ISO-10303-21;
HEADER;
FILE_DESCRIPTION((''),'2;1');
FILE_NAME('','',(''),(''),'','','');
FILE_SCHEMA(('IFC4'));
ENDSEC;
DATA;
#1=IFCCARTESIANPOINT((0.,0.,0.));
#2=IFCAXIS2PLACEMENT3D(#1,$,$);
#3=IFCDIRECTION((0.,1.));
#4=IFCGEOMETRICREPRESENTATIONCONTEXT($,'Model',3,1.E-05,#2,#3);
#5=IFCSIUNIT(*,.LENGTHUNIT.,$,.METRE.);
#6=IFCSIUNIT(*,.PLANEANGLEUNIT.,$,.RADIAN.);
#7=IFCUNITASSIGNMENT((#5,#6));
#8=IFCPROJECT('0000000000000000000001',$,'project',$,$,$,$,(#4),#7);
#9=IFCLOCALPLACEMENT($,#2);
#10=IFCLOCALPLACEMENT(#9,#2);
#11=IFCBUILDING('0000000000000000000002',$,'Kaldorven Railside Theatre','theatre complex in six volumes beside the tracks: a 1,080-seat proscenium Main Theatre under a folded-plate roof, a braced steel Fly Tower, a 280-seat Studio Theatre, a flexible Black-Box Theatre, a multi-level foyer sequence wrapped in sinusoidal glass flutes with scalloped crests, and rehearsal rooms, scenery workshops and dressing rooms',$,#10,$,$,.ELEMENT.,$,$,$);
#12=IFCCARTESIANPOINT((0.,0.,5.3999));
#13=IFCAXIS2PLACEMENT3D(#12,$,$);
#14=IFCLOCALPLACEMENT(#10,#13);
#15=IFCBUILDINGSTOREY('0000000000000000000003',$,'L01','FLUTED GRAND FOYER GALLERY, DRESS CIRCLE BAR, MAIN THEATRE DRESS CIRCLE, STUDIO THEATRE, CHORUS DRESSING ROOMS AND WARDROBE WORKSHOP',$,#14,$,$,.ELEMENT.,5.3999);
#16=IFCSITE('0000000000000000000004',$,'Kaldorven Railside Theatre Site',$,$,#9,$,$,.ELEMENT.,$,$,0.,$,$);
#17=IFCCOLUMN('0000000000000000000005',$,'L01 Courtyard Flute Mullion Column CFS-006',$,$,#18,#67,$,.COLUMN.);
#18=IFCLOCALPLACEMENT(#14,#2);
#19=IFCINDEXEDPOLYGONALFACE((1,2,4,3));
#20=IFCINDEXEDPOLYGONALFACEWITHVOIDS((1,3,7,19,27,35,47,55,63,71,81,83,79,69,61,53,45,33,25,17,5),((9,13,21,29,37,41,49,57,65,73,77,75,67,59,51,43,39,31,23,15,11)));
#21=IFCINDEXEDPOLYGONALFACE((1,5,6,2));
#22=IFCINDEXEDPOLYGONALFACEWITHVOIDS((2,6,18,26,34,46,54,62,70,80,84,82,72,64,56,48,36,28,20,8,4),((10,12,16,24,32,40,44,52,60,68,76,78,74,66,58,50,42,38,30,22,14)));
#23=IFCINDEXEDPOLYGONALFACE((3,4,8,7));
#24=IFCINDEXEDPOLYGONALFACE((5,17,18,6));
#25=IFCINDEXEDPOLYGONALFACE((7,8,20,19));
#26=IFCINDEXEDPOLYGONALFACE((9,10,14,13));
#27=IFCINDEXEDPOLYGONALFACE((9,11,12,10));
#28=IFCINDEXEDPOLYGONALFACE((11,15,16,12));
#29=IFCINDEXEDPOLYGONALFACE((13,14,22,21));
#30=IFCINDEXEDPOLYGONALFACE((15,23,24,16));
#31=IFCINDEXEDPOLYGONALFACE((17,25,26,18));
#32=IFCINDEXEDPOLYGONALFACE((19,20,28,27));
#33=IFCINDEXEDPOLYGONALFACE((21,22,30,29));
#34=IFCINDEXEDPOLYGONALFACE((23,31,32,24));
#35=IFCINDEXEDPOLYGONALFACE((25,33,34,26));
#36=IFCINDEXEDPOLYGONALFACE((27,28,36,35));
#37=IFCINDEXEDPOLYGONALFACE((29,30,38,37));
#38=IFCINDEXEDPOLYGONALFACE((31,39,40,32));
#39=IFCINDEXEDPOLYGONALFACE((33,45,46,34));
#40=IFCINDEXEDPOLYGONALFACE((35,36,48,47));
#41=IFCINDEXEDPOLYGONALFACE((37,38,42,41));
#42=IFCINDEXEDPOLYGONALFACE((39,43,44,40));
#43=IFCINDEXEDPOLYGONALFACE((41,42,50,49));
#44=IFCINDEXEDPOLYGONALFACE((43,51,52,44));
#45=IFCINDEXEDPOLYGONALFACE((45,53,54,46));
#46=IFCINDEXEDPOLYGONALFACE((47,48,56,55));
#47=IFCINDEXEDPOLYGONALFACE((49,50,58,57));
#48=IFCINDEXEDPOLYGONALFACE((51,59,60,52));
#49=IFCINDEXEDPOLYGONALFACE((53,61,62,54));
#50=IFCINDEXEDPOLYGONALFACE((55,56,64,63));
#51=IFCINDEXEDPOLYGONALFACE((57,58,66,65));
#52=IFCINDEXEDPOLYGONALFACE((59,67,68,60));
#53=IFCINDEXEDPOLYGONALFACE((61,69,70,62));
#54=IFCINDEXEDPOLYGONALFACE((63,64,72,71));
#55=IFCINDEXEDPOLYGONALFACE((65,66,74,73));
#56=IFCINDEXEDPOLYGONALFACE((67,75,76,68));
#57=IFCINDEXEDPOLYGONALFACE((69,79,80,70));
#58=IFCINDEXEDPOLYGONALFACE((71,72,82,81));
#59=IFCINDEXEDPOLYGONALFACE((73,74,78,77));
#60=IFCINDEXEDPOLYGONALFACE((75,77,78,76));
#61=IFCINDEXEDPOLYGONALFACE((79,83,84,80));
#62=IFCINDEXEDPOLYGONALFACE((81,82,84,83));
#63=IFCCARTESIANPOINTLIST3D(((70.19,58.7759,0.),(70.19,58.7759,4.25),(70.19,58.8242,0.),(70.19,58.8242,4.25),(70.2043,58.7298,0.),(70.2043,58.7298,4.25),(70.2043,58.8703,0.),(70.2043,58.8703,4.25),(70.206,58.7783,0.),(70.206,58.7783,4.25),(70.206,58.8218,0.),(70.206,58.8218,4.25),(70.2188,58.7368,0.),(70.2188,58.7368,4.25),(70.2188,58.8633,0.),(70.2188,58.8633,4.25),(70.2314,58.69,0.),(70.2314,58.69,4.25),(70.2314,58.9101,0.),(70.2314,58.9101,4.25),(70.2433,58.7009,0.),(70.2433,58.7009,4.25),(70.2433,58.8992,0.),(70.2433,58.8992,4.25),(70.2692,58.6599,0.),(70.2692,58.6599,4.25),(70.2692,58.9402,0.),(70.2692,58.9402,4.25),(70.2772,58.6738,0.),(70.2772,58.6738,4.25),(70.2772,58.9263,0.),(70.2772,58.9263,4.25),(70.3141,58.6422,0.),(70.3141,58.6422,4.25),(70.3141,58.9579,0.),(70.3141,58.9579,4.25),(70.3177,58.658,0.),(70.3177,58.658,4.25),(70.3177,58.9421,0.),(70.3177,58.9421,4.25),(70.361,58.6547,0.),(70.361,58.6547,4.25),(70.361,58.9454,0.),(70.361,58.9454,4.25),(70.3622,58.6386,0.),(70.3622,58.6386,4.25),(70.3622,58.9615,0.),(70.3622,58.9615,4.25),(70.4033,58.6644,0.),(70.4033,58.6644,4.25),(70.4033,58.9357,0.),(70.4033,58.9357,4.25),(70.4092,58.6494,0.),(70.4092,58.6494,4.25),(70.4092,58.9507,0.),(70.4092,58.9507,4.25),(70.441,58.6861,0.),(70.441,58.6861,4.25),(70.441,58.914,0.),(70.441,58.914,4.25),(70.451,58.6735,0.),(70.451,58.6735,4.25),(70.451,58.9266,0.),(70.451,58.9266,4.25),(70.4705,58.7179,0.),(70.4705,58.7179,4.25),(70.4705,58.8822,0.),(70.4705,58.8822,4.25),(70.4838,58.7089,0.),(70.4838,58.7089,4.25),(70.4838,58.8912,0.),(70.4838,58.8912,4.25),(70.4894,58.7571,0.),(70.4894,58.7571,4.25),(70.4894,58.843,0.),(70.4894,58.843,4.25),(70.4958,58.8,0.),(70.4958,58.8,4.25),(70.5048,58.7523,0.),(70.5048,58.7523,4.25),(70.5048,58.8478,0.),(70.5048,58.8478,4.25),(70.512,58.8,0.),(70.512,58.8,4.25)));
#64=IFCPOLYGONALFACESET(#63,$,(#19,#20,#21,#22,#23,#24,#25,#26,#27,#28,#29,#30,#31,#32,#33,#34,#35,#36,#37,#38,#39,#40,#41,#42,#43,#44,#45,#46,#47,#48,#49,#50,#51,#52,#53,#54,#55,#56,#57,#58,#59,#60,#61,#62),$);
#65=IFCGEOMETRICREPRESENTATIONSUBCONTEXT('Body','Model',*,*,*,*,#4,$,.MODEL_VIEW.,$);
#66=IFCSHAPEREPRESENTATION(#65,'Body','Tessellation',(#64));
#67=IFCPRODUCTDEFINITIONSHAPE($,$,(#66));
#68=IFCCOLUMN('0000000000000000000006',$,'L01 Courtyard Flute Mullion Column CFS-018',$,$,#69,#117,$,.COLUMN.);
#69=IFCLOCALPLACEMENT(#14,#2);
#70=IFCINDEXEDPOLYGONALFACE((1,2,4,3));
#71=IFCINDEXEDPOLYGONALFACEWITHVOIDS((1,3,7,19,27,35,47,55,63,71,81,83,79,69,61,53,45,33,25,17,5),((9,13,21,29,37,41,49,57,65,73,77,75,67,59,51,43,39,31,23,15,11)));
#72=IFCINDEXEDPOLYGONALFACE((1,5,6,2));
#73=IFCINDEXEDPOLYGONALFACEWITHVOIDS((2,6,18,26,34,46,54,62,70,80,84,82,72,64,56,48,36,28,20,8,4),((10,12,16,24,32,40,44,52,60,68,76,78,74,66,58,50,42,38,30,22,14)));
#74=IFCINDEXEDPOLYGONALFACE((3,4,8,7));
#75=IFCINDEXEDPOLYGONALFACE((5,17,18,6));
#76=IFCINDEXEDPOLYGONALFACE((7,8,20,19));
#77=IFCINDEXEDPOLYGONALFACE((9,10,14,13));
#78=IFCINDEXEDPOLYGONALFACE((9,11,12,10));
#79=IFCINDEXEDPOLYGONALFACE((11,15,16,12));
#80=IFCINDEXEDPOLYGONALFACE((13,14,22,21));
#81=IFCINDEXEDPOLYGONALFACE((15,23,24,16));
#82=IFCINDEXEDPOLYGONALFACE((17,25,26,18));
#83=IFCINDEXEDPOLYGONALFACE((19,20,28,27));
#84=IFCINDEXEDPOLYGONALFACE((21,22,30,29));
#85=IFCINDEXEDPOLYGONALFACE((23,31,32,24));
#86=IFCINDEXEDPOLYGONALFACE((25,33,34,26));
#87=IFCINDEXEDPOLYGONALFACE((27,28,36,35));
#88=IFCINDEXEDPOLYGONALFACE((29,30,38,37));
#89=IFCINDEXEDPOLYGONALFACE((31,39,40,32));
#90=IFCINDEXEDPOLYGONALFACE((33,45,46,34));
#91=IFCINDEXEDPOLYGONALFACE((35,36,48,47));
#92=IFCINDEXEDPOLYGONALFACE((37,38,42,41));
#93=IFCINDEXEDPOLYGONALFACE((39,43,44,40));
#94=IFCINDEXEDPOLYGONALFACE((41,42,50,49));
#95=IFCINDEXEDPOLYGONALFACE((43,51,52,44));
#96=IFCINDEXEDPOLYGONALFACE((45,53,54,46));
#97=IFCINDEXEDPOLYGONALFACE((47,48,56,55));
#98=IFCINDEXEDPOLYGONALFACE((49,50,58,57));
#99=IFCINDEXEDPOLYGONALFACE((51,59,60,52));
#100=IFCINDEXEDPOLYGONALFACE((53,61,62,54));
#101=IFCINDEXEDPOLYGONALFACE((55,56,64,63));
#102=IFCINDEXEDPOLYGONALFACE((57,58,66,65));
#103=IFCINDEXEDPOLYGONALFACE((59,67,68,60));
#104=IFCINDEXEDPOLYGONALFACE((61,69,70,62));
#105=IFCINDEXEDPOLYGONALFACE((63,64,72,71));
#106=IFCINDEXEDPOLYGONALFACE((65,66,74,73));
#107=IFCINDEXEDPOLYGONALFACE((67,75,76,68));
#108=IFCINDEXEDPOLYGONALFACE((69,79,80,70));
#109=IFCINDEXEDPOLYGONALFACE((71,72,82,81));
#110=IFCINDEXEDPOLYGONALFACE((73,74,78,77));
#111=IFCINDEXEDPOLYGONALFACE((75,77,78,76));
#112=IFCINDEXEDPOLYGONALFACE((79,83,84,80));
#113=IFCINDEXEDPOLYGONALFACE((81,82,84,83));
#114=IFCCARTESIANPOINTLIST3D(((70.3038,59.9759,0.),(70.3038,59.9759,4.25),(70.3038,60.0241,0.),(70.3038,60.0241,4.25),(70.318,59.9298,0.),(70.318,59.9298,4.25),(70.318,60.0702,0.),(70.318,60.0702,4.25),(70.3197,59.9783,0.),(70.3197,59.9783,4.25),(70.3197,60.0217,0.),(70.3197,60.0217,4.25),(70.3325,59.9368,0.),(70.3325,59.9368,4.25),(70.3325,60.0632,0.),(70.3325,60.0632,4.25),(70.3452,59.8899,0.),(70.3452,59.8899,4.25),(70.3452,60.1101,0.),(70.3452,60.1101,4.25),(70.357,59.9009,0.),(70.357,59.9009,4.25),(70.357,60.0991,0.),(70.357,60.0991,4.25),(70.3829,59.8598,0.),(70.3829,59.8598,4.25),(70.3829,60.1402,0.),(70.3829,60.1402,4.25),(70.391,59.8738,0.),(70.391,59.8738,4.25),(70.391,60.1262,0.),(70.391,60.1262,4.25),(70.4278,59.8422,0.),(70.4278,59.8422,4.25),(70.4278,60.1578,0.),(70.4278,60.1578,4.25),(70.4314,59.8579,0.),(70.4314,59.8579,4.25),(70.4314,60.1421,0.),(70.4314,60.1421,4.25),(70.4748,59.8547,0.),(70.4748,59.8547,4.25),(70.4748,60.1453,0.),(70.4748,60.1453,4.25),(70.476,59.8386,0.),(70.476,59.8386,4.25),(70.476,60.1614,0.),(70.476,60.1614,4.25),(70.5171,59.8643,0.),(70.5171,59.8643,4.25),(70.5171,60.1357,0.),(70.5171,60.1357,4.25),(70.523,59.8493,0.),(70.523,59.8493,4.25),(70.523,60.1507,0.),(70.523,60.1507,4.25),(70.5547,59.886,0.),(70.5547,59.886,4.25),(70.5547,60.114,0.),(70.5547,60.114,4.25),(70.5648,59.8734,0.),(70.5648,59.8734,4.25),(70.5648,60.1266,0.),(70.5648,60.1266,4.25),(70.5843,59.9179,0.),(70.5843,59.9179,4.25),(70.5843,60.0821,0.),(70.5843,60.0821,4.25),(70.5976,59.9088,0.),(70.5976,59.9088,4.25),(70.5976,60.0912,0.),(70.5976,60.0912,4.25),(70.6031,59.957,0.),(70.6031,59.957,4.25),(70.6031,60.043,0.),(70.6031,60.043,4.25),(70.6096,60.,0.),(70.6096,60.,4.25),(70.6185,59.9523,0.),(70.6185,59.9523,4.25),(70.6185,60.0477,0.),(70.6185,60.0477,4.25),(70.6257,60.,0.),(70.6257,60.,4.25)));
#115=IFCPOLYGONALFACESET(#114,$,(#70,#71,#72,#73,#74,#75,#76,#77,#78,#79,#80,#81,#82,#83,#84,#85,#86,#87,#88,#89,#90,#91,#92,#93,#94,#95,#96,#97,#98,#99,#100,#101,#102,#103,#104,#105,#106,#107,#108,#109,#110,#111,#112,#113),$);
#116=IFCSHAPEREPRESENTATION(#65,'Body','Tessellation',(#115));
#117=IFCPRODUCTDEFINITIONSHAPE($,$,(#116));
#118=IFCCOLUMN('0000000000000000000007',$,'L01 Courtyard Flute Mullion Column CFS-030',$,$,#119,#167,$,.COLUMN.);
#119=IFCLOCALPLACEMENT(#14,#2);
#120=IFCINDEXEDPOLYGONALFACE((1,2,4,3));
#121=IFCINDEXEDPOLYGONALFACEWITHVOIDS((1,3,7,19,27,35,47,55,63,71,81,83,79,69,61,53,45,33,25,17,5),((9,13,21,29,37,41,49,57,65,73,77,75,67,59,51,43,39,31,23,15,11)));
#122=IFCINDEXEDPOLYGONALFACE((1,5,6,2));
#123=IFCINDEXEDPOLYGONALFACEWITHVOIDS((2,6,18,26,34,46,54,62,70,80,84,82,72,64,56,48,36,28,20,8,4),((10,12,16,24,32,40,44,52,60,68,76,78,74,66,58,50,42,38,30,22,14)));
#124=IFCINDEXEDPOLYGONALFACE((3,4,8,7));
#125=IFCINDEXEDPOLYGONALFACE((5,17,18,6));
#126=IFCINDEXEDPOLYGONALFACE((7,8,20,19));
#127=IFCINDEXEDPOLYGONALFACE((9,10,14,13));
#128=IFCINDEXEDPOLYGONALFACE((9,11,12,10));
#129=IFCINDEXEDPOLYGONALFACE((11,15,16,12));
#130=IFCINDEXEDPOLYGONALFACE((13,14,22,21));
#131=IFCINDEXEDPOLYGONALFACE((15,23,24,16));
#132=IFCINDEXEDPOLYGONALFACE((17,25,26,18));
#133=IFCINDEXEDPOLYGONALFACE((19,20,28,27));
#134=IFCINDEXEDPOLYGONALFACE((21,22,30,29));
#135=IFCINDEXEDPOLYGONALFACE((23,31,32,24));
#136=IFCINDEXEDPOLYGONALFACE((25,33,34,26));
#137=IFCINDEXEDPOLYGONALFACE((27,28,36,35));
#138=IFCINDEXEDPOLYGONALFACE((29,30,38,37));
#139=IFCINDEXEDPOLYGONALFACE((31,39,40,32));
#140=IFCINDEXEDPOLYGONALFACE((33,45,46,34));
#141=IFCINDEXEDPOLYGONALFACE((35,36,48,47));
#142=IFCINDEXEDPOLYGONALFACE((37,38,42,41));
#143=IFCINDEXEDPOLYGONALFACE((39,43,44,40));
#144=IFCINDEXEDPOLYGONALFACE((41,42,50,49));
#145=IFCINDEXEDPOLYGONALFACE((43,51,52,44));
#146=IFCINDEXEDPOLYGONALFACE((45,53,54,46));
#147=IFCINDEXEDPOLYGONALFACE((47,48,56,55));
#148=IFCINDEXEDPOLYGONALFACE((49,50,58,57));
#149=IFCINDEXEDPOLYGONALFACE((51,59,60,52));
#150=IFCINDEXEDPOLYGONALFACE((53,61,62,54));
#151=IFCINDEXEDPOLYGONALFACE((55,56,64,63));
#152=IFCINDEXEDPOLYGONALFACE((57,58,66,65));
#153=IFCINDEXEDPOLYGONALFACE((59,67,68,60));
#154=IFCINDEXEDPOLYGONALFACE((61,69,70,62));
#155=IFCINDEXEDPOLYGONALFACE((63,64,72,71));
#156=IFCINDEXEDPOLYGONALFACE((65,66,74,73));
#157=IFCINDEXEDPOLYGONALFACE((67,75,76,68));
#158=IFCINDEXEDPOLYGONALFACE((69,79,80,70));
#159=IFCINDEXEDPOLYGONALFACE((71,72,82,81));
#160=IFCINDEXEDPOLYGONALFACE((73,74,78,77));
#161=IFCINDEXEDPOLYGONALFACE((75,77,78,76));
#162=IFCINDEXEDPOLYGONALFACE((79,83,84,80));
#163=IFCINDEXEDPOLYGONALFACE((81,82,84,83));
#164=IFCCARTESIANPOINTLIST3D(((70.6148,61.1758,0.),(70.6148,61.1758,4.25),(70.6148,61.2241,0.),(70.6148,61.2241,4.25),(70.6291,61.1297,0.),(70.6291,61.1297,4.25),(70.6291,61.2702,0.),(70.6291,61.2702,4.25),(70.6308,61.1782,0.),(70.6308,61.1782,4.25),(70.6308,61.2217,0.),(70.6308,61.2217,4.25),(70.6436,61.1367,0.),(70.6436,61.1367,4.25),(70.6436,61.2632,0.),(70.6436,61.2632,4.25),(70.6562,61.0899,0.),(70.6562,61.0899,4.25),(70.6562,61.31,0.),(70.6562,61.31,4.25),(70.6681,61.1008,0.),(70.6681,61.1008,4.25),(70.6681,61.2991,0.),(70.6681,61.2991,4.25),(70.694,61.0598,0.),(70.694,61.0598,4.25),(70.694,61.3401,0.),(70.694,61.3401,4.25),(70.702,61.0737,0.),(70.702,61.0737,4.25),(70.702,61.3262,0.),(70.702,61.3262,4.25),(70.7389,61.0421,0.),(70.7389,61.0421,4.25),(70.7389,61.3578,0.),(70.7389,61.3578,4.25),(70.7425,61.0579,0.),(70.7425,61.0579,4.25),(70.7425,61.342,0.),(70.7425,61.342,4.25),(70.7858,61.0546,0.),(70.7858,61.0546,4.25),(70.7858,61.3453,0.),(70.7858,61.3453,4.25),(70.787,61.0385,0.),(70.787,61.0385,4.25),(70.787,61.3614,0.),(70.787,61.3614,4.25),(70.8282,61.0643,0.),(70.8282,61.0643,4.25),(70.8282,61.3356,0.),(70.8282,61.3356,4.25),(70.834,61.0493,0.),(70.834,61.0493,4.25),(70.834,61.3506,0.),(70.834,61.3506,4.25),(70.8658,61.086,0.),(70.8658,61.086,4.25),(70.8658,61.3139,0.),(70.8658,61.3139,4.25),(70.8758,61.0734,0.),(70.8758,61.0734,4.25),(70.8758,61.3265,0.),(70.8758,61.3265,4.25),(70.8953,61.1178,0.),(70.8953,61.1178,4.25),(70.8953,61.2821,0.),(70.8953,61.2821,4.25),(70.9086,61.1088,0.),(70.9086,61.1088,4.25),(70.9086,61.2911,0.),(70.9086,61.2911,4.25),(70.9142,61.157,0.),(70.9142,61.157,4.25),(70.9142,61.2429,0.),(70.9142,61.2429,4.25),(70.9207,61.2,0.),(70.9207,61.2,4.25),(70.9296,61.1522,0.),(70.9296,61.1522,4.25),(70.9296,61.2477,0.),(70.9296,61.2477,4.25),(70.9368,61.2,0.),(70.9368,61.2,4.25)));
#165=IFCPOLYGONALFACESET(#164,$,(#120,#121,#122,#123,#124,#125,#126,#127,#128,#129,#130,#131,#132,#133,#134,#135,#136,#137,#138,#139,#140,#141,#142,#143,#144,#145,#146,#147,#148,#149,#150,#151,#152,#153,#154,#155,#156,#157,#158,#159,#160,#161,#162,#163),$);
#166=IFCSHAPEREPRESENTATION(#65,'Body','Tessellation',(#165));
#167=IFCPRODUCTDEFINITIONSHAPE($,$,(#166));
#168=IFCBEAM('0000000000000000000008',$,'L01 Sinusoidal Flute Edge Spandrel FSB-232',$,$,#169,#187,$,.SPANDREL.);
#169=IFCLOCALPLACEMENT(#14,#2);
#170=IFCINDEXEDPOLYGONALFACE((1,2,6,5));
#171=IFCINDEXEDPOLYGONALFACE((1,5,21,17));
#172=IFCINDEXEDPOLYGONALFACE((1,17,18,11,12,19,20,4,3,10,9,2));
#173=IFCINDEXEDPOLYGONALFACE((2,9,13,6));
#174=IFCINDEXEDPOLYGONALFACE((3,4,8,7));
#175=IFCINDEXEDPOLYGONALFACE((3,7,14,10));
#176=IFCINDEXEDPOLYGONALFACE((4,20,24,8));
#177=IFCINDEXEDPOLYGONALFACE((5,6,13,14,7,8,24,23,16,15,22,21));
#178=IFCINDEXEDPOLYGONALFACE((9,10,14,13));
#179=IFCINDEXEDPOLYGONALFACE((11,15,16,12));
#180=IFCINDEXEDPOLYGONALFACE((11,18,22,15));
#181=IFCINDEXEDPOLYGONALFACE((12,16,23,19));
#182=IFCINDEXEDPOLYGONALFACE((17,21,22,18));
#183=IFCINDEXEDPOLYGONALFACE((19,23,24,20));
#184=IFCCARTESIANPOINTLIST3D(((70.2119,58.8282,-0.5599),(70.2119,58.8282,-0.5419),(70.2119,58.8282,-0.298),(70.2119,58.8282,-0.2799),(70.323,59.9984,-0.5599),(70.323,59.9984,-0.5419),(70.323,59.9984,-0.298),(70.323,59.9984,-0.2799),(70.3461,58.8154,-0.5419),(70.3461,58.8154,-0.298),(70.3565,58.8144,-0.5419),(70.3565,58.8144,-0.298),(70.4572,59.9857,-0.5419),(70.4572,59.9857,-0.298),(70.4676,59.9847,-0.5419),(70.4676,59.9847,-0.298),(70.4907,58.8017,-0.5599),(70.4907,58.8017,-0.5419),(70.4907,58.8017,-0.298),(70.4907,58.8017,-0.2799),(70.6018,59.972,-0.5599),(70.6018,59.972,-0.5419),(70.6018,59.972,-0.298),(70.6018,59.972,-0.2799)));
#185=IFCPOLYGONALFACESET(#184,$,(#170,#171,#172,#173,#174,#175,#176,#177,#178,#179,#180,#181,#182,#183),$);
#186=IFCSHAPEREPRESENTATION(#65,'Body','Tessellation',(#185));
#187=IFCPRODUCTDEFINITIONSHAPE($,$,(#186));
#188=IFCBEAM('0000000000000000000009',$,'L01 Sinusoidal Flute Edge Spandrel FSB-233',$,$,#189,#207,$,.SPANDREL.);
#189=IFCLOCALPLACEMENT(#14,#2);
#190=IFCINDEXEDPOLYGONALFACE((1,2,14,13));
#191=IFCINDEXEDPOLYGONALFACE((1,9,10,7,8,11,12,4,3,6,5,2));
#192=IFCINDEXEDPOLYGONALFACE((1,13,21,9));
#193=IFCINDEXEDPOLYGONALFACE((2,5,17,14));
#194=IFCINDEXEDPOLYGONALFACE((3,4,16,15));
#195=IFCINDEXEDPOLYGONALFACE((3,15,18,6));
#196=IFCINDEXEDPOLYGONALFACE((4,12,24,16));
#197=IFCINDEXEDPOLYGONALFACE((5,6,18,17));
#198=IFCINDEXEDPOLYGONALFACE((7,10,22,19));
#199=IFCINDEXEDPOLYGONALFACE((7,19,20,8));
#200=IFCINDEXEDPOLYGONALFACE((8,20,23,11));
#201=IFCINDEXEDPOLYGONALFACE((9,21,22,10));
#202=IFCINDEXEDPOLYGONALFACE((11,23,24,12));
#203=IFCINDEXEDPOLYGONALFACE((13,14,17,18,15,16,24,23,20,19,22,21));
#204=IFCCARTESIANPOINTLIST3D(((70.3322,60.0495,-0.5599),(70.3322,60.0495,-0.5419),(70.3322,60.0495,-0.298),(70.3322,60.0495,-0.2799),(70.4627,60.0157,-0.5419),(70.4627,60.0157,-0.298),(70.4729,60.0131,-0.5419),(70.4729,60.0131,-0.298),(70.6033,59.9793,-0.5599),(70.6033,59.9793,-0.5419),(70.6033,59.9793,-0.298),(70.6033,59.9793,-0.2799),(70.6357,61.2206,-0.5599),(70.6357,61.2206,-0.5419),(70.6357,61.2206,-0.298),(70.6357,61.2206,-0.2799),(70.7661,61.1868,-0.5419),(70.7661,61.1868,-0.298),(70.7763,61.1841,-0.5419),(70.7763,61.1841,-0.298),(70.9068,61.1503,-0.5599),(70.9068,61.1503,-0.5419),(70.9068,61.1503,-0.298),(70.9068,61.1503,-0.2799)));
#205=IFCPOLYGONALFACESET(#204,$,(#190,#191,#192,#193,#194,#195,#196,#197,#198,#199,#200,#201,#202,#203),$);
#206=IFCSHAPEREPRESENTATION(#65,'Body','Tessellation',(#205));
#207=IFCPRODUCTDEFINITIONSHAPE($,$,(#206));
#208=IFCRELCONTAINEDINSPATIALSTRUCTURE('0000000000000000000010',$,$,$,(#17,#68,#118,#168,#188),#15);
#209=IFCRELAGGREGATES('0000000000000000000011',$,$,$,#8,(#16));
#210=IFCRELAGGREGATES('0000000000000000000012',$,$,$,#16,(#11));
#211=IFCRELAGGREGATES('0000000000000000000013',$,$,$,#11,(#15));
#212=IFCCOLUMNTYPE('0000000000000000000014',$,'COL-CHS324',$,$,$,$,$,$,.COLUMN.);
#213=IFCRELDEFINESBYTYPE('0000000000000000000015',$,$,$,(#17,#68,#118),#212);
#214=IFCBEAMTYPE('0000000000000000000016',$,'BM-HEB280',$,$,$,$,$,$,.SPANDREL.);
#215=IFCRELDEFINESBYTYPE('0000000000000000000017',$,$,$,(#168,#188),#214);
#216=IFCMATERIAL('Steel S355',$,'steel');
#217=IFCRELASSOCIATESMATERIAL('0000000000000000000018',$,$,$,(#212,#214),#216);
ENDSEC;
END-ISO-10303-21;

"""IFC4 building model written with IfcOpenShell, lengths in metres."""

from ifc_helpers import new_model, si_unit, direction, frame, origin, origin_2d, place, context, subcontext, project, spatial, hollow_circle, i_section, extrude, material, material_profile, profile_set, type_object, element, save


model = new_model("IFC4")

# Units and contexts
model_context = context("Model", 3, precision=1e-05, world=origin(), true_north=direction((0.0, 1.0)))
body_context = subcontext(model_context, "Body", "Model", "MODEL_VIEW")
ifc_project = project(units=[si_unit("LENGTHUNIT", "METRE"), si_unit("PLANEANGLEUNIT", "RADIAN")], contexts=[model_context])

# Site, building, storey
site_placement = place(None, origin())
site = spatial("IfcSite", under=ifc_project, at=site_placement, Name="Kaldorven Railside Theatre Site", CompositionType="ELEMENT", RefElevation=0.0)
building_placement = place(site_placement, origin())
building = spatial("IfcBuilding", under=site, at=building_placement, Name="Kaldorven Railside Theatre", Description="theatre complex in six volumes beside the tracks: a 1,080-seat proscenium Main Theatre under a folded-plate roof, a braced steel Fly Tower, a 280-seat Studio Theatre, a flexible Black-Box Theatre, a multi-level foyer sequence wrapped in sinusoidal glass flutes with scalloped crests, and rehearsal rooms, scenery workshops and dressing rooms", CompositionType="ELEMENT")
storey_placement = place(building_placement, frame((0.0, 0.0, 5.3999)))
storey = spatial("IfcBuildingStorey", under=building, at=storey_placement, Name="L01", Description="FLUTED GRAND FOYER GALLERY, DRESS CIRCLE BAR, MAIN THEATRE DRESS CIRCLE, STUDIO THEATRE, CHORUS DRESSING ROOMS AND WARDROBE WORKSHOP", CompositionType="ELEMENT", Elevation=5.3999)

# Columns
ifc_material_1 = material(Name="Steel S355", Category="steel")
ifc_material_profile_1 = material_profile(ifc_material_1, hollow_circle(Radius=0.1619, WallThickness=0.0161, at=origin_2d()), Name="CHS 323.9x16")
ifc_profile_set_1 = profile_set([ifc_material_profile_1], Name="Steel S355")
column_type = type_object("IfcColumnType", Name="COL-CHS324", PredefinedType="COLUMN", material=ifc_profile_set_1)
for number, where, z_axis, x_axis, name in (
    (1, (70.3501, 58.8, 0.0), (0.0, 0.0, 1.0), (1.0, 0.0, 0.0), "L01 Courtyard Flute Mullion Column CFS-006"),
    (2, (70.4639, 60.0, 0.0), (0.0, 0.0, 1.0), (1.0, 0.0, 0.0), "L01 Courtyard Flute Mullion Column CFS-018"),
    (3, (70.7749, 61.2, 0.0), (0.0, 0.0, 1.0), (1.0, 0.0, 0.0), "L01 Courtyard Flute Mullion Column CFS-030"),
):
    element("IfcColumn", number, at=place(storey_placement, frame(where, z_axis=z_axis, x_axis=x_axis)), inside=storey, type_object=column_type, Name=name, PredefinedType="COLUMN", context=body_context, shape_type="SweptSolid", body=[
        extrude(hollow_circle(Radius=0.1619, WallThickness=0.0161, at=origin_2d()), origin(), (0.0, 0.0, 1.0), 4.25),
    ])

# Beams
ifc_material_profile_2 = material_profile(ifc_material_1, i_section(OverallWidth=0.28, OverallDepth=0.28, WebThickness=0.0105, FlangeThickness=0.0181, at=origin_2d()), Name="HEB 280")
ifc_profile_set_2 = profile_set([ifc_material_profile_2], Name="Steel S355")
beam_type = type_object("IfcBeamType", Name="BM-HEB280", PredefinedType="SPANDREL", material=ifc_profile_set_2)
beam_1_placement = place(storey_placement, frame((70.3513, 58.8149, -0.4199), z_axis=(0.094505, 0.995524, 0.0), x_axis=(-0.995524, 0.094505, 0.0)))
element("IfcBeam", 4, at=beam_1_placement, inside=storey, type_object=beam_type, Name="L01 Sinusoidal Flute Edge Spandrel FSB-232", PredefinedType="SPANDREL", context=body_context, shape_type="SweptSolid", body=[
    extrude(i_section(OverallWidth=0.28, OverallDepth=0.28, WebThickness=0.0105, FlangeThickness=0.0181, at=origin_2d()), origin(), (0.0, 0.0, 1.0), 1.1755),
])
beam_2_placement = place(storey_placement, frame((70.4678, 60.0144, -0.4199), z_axis=(0.250836, 0.96803, 0.0), x_axis=(-0.96803, 0.250836, 0.0)))
element("IfcBeam", 5, at=beam_2_placement, inside=storey, type_object=beam_type, Name="L01 Sinusoidal Flute Edge Spandrel FSB-233", PredefinedType="SPANDREL", context=body_context, shape_type="SweptSolid", body=[
    extrude(i_section(OverallWidth=0.28, OverallDepth=0.28, WebThickness=0.0105, FlangeThickness=0.0181, at=origin_2d()), origin(), (0.0, 0.0, 1.0), 1.2097),
])

save(model, "model.ifc")
